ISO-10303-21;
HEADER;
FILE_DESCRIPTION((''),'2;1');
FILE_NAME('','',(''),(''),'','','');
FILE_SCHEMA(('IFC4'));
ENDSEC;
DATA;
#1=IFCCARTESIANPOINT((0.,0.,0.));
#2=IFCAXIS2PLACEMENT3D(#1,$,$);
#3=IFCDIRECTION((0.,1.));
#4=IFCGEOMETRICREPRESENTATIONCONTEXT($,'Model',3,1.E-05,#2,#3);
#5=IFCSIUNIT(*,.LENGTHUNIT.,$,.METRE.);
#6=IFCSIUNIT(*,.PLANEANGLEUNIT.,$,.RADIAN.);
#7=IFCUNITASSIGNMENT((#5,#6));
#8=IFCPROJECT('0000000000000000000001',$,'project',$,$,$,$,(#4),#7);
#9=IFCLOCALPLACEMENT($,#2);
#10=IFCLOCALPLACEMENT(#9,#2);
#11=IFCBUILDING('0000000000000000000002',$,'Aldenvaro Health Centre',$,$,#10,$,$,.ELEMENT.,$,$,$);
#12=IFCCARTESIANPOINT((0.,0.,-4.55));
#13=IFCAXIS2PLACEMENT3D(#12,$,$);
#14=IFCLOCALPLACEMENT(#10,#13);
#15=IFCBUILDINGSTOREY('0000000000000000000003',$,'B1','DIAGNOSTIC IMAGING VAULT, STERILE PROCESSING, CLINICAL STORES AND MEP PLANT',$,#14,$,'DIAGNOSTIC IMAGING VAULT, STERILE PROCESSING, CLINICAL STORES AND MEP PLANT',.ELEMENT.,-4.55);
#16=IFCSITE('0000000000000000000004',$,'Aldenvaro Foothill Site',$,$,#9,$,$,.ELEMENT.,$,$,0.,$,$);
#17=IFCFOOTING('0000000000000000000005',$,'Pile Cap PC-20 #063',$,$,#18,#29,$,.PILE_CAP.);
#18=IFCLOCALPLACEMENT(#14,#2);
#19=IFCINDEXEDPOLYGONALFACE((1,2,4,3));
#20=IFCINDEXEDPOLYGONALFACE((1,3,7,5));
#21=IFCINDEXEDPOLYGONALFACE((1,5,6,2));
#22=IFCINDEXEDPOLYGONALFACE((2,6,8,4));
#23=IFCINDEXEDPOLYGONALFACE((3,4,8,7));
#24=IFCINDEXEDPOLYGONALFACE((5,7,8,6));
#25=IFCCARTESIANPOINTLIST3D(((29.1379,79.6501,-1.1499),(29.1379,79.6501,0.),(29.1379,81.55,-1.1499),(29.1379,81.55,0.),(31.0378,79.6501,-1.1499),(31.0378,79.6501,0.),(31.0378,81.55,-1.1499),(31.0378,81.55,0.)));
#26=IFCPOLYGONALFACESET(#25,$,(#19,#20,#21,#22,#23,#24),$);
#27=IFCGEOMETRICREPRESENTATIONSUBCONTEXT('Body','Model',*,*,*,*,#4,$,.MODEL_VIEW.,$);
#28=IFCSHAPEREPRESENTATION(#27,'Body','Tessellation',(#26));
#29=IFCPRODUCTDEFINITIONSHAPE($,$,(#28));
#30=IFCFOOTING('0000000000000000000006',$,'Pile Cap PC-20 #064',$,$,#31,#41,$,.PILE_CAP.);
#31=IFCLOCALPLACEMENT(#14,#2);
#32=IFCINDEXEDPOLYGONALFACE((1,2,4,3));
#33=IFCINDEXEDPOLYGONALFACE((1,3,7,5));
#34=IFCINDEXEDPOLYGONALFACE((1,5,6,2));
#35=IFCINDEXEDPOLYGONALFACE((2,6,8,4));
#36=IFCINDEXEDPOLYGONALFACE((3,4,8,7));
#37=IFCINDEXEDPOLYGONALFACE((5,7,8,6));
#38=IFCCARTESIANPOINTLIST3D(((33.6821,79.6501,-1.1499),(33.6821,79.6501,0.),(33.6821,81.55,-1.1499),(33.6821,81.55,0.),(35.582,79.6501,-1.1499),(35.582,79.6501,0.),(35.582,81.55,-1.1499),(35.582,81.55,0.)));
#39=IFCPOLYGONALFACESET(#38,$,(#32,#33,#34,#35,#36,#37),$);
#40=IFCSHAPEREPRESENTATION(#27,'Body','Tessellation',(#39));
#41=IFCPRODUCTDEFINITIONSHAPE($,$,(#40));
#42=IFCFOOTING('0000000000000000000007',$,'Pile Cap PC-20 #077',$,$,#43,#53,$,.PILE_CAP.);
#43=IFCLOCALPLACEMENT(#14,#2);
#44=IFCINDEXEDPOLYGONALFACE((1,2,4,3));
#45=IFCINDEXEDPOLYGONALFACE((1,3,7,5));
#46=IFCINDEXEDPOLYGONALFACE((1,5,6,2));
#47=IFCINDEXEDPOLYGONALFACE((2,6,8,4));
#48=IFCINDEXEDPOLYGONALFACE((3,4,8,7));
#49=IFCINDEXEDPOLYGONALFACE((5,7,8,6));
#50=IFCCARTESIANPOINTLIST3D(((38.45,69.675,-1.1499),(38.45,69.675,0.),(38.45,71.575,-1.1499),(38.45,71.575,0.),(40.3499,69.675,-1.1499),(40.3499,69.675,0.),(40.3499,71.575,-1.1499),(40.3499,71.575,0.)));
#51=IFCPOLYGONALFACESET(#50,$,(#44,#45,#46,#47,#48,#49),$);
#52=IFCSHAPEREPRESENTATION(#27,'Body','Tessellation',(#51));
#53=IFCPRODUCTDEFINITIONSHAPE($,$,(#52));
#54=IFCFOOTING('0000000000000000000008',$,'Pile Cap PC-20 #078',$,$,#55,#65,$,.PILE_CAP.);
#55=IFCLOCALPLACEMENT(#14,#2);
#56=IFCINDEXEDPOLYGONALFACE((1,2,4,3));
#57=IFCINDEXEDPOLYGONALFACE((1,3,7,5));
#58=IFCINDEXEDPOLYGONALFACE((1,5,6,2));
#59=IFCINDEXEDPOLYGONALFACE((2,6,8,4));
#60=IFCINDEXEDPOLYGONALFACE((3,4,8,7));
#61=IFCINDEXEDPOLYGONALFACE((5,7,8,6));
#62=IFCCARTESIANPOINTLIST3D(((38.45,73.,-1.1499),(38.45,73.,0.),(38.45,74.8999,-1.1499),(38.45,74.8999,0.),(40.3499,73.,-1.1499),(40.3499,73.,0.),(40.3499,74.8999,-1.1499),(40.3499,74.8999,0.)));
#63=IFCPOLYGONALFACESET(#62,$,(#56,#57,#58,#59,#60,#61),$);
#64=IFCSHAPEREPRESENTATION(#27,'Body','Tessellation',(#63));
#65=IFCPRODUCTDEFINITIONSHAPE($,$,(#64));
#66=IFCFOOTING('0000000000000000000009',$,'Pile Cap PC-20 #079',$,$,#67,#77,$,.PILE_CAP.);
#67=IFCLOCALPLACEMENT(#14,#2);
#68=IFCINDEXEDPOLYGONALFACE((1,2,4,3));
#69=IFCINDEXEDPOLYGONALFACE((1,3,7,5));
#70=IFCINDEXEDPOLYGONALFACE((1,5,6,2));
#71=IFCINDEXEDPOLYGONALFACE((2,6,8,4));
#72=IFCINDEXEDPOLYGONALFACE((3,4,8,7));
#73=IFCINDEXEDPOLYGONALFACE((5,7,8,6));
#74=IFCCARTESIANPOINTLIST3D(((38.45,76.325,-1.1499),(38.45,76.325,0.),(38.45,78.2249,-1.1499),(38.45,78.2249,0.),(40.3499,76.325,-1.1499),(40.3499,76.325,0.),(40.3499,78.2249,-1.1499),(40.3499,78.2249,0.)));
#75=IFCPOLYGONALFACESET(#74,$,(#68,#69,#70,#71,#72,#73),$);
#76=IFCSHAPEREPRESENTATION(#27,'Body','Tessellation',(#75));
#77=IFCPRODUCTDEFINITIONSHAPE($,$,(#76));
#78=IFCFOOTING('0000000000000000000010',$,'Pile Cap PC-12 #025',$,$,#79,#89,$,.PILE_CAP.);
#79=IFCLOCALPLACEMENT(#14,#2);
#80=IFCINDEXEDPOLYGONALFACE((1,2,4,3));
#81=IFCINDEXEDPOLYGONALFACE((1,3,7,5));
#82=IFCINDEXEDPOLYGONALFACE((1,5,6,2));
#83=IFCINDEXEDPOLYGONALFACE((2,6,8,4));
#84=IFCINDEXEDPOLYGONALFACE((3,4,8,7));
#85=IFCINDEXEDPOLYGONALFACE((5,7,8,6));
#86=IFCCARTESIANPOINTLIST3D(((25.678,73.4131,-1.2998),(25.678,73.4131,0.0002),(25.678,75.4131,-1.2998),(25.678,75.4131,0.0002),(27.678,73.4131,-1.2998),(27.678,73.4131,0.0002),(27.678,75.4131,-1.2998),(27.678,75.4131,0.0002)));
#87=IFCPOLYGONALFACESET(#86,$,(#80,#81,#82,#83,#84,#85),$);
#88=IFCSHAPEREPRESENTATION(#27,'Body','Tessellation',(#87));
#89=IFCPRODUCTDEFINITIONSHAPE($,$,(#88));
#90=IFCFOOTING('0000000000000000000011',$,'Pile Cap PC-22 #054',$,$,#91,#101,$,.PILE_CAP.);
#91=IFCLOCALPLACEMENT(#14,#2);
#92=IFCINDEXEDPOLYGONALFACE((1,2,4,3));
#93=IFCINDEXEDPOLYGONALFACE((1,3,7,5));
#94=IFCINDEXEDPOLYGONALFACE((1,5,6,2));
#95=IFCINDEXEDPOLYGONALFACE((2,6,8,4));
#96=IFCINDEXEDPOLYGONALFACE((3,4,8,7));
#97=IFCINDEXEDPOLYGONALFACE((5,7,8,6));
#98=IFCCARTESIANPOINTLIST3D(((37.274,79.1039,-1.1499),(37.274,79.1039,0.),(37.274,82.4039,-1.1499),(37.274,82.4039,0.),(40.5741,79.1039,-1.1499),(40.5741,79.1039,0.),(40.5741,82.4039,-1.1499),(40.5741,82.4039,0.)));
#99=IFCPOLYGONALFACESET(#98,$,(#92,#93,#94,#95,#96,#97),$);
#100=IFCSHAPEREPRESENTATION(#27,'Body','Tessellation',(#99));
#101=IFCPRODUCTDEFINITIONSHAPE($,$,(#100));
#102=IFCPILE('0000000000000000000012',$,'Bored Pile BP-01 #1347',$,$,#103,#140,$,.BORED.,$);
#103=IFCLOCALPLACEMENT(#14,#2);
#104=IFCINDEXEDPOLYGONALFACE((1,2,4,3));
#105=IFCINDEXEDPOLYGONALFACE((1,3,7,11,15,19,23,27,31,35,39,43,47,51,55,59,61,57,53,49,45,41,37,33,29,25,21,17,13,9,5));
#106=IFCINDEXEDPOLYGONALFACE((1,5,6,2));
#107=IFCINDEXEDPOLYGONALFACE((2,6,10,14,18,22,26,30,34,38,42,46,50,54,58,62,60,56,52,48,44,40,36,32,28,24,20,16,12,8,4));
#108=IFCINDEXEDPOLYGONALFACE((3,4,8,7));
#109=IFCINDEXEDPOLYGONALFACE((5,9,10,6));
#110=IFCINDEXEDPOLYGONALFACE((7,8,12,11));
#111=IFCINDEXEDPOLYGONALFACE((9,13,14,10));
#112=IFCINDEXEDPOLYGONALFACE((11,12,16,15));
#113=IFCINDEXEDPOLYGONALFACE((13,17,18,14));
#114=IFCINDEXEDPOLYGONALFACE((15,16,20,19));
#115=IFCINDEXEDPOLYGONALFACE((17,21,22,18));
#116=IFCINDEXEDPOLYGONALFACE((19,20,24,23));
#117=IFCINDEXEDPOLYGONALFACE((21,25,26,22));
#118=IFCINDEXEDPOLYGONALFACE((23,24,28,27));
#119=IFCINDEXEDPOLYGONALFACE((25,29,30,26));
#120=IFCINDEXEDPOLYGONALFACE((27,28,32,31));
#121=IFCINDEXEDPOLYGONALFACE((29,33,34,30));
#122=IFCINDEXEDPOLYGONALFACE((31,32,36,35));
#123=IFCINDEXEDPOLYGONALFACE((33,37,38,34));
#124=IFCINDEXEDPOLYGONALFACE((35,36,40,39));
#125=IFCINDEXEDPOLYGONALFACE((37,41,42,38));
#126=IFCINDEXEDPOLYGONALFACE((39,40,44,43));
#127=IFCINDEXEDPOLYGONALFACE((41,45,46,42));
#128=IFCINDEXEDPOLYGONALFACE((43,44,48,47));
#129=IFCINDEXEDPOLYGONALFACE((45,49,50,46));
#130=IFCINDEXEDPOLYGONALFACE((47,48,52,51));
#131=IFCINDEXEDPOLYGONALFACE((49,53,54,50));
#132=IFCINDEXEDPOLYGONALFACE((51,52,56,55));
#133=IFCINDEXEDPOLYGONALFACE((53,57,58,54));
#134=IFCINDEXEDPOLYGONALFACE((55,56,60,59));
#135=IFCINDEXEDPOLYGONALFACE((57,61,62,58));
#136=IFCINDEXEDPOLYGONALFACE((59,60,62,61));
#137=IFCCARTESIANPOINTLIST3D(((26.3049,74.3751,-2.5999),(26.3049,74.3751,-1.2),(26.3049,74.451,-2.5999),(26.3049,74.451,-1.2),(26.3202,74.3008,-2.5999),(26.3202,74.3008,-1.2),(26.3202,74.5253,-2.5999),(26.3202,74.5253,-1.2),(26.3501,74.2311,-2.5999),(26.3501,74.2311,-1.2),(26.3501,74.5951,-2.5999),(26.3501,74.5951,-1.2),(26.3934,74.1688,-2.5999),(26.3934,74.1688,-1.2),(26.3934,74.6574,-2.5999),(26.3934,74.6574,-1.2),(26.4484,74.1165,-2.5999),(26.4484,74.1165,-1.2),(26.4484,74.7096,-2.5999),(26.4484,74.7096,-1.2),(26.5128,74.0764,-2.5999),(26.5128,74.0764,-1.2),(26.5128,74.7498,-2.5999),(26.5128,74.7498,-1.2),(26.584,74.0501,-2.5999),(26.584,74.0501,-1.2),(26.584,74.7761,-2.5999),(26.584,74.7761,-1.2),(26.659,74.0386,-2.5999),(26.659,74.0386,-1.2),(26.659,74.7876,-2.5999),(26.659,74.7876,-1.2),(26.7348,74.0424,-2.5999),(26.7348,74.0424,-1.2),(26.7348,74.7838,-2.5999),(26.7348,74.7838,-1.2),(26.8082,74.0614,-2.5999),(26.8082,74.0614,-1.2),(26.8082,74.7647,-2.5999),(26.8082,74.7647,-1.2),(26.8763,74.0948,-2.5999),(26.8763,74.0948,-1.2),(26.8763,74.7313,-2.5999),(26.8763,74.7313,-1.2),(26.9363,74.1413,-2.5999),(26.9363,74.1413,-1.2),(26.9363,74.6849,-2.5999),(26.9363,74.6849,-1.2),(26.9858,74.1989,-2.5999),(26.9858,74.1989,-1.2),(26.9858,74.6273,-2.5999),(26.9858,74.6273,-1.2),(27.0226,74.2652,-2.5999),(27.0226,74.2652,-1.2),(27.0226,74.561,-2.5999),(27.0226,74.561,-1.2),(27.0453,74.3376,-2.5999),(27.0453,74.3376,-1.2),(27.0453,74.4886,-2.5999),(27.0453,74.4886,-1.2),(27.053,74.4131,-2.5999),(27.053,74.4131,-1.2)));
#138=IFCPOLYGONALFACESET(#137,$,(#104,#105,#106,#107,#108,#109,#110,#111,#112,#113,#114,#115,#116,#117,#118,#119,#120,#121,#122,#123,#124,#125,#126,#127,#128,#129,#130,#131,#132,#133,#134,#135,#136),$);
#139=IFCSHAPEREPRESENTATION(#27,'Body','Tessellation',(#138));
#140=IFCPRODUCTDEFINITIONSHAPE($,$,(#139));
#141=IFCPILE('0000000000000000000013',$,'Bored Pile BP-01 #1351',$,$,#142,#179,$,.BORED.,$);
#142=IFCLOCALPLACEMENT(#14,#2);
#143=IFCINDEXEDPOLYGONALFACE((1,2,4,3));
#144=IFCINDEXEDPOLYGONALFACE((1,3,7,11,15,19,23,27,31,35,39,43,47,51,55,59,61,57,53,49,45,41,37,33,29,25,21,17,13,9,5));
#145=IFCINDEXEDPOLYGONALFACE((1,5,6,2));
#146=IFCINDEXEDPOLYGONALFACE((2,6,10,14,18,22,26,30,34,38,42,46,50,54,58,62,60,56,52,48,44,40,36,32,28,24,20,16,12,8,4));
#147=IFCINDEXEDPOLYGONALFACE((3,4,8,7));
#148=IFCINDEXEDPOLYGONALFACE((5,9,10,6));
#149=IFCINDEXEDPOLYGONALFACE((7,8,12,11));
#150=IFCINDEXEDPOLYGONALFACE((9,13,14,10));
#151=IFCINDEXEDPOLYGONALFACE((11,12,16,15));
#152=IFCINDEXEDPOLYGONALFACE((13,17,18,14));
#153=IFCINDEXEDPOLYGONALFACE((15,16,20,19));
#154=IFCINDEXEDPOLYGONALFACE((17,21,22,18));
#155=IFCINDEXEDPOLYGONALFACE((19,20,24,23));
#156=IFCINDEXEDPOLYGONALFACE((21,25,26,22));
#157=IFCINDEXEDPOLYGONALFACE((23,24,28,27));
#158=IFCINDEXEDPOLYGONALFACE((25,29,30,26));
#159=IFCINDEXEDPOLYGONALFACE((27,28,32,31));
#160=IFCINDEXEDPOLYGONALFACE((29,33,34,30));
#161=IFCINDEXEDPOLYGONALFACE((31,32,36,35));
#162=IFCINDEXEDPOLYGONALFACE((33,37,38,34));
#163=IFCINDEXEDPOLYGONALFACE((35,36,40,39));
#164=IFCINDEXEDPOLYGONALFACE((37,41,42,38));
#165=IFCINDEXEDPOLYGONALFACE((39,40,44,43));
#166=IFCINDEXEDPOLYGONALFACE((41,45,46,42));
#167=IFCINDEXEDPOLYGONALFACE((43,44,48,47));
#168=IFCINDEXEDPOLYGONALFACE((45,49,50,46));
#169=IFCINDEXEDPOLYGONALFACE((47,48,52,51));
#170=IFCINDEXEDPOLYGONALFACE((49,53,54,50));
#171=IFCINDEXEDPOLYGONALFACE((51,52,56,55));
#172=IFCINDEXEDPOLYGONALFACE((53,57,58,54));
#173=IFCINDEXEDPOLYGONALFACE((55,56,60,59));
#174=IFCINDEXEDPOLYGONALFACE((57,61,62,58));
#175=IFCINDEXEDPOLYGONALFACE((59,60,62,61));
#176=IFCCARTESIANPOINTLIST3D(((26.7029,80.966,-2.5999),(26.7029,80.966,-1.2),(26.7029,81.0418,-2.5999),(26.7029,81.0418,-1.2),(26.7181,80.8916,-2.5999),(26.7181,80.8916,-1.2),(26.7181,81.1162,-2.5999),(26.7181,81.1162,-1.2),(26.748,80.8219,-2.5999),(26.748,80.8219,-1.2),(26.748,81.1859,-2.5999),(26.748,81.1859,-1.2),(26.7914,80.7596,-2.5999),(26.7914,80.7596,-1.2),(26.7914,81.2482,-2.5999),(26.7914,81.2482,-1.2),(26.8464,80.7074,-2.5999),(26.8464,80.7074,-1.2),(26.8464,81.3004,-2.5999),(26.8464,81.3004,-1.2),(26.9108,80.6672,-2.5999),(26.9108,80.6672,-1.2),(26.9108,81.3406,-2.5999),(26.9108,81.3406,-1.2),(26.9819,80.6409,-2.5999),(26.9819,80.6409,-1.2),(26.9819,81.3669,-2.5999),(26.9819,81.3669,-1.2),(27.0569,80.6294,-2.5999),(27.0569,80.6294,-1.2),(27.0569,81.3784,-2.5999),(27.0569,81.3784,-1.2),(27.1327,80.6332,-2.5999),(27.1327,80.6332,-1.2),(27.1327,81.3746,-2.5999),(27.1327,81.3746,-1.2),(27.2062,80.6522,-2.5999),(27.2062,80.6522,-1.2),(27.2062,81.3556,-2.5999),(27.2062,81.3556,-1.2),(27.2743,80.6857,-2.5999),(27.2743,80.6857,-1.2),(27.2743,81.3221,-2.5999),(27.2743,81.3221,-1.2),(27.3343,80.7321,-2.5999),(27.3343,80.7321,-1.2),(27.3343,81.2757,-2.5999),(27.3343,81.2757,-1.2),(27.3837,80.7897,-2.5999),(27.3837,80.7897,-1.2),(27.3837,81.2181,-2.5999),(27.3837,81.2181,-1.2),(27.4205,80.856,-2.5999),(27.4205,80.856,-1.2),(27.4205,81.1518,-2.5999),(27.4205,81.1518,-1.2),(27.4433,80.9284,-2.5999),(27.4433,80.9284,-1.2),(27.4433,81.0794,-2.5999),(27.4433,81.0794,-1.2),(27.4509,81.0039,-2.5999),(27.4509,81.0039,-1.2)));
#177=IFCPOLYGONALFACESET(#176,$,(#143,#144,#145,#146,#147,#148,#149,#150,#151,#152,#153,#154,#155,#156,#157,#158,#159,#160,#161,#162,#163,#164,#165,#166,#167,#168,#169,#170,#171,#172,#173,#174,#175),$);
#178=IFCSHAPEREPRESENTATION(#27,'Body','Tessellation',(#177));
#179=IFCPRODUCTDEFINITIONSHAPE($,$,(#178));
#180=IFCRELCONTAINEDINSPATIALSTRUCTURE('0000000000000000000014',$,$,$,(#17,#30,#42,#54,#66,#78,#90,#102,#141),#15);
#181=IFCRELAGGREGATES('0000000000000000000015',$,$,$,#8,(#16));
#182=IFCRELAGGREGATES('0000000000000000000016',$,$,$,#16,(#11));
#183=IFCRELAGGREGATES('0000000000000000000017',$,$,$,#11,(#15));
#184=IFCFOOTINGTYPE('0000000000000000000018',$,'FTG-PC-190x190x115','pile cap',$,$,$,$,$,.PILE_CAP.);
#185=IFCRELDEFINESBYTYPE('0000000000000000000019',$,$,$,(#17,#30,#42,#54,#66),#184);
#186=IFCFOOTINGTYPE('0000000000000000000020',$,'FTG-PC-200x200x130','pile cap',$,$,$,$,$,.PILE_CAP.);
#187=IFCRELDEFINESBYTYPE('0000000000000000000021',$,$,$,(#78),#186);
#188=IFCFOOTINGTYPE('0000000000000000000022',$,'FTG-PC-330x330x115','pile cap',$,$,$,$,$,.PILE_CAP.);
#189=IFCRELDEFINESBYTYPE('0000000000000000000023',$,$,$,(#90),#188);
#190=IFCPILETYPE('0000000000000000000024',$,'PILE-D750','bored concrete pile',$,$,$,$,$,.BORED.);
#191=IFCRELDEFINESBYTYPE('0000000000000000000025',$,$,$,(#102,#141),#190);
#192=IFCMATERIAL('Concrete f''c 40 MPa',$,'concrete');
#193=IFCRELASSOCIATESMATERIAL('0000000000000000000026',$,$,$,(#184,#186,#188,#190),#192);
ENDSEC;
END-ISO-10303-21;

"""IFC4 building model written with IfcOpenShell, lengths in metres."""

from ifc_helpers import new_model, si_unit, direction, frame, origin, origin_2d, place, context, subcontext, project, spatial, rectangle, circle, extrude, material, material_profile, profile_set, type_object, element, save


model = new_model("IFC4")

# Units and contexts
model_context = context("Model", 3, precision=1e-05, world=origin(), true_north=direction((0.0, 1.0)))
body_context = subcontext(model_context, "Body", "Model", "MODEL_VIEW")
ifc_project = project(units=[si_unit("LENGTHUNIT", "METRE"), si_unit("PLANEANGLEUNIT", "RADIAN")], contexts=[model_context])

# Site, building, storey
site_placement = place(None, origin())
site = spatial("IfcSite", under=ifc_project, at=site_placement, Name="Aldenvaro Foothill Site", CompositionType="ELEMENT", RefElevation=0.0)
building_placement = place(site_placement, origin())
building = spatial("IfcBuilding", under=site, at=building_placement, Name="Aldenvaro Health Centre", CompositionType="ELEMENT")
storey_placement = place(building_placement, frame((0.0, 0.0, -4.55)))
storey = spatial("IfcBuildingStorey", under=building, at=storey_placement, Name="B1", Description="DIAGNOSTIC IMAGING VAULT, STERILE PROCESSING, CLINICAL STORES AND MEP PLANT", LongName="DIAGNOSTIC IMAGING VAULT, STERILE PROCESSING, CLINICAL STORES AND MEP PLANT", CompositionType="ELEMENT", Elevation=-4.55)

# Footings
ifc_material_1 = material(Name="Concrete f'c 40 MPa", Category="concrete")
footing_type_1 = type_object("IfcFootingType", Name="FTG-PC-190x190x115", Description="pile cap", PredefinedType="PILE_CAP", material=ifc_material_1)
for number, where, z_axis, x_axis, name in (
    (1, (30.0879, 80.6001, -1.1499), (0.0, 0.0, 1.0), (1.0, 0.0, 0.0), "Pile Cap PC-20 #063"),
    (2, (34.6321, 80.6001, -1.1499), (0.0, 0.0, 1.0), (1.0, 0.0, 0.0), "Pile Cap PC-20 #064"),
    (3, (39.3999, 70.625, -1.1499), (0.0, 0.0, 1.0), (1.0, 0.0, 0.0), "Pile Cap PC-20 #077"),
    (4, (39.3999, 73.95, -1.1499), (0.0, 0.0, 1.0), (1.0, 0.0, 0.0), "Pile Cap PC-20 #078"),
    (5, (39.3999, 77.2749, -1.1499), (0.0, 0.0, 1.0), (1.0, 0.0, 0.0), "Pile Cap PC-20 #079"),
):
    element("IfcFooting", number, at=place(storey_placement, frame(where, z_axis=z_axis, x_axis=x_axis)), inside=storey, type_object=footing_type_1, Name=name, PredefinedType="PILE_CAP", context=body_context, shape_type="SweptSolid", body=[
        extrude(rectangle(XDim=1.8999, YDim=1.8999, at=origin_2d()), origin(), (0.0, 0.0, 1.0), 1.1499),
    ])
footing_type_2 = type_object("IfcFootingType", Name="FTG-PC-200x200x130", Description="pile cap", PredefinedType="PILE_CAP", material=ifc_material_1)
footing_1_placement = place(storey_placement, frame((26.678, 74.4131, -1.2998), z_axis=(0.0, 0.0, 1.0), x_axis=(1.0, 0.0, 0.0)))
element("IfcFooting", 6, at=footing_1_placement, inside=storey, type_object=footing_type_2, Name="Pile Cap PC-12 #025", PredefinedType="PILE_CAP", context=body_context, shape_type="SweptSolid", body=[
    extrude(rectangle(XDim=2.0, YDim=2.0, at=origin_2d()), origin(), (0.0, 0.0, 1.0), 1.3),
])
footing_type_3 = type_object("IfcFootingType", Name="FTG-PC-330x330x115", Description="pile cap", PredefinedType="PILE_CAP", material=ifc_material_1)
footing_2_placement = place(storey_placement, frame((38.9241, 80.7539, -1.1499), z_axis=(0.0, 0.0, 1.0), x_axis=(1.0, 0.0, 0.0)))
element("IfcFooting", 7, at=footing_2_placement, inside=storey, type_object=footing_type_3, Name="Pile Cap PC-22 #054", PredefinedType="PILE_CAP", context=body_context, shape_type="SweptSolid", body=[
    extrude(rectangle(XDim=3.3, YDim=3.3, at=origin_2d()), origin(), (0.0, 0.0, 1.0), 1.1499),
])

# Piles
ifc_material_profile_1 = material_profile(ifc_material_1, circle(Radius=0.375, at=origin_2d()), Name="PILE D750", Category="concrete")
ifc_profile_set_1 = profile_set([ifc_material_profile_1], Name="Concrete f'c 40 MPa")
pile_type_1 = type_object("IfcPileType", Name="PILE-D750", Description="bored concrete pile", PredefinedType="BORED", material=ifc_profile_set_1)
for number, where, z_axis, x_axis, name in (
    (8, (26.678, 74.4131, -1.2), (0.0, 0.0, -1.0), (1.0, 0.0, 0.0), "Bored Pile BP-01 #1347"),
    (9, (27.0759, 81.0039, -1.2), (0.0, 0.0, -1.0), (1.0, 0.0, 0.0), "Bored Pile BP-01 #1351"),
):
    element("IfcPile", number, at=place(storey_placement, frame(where, z_axis=z_axis, x_axis=x_axis)), inside=storey, type_object=pile_type_1, Name=name, PredefinedType="BORED", context=body_context, shape_type="SweptSolid", body=[
        extrude(circle(Radius=0.375, at=origin_2d()), origin(), (0.0, 0.0, 1.0), 1.3999),
    ])

save(model, "model.ifc")
